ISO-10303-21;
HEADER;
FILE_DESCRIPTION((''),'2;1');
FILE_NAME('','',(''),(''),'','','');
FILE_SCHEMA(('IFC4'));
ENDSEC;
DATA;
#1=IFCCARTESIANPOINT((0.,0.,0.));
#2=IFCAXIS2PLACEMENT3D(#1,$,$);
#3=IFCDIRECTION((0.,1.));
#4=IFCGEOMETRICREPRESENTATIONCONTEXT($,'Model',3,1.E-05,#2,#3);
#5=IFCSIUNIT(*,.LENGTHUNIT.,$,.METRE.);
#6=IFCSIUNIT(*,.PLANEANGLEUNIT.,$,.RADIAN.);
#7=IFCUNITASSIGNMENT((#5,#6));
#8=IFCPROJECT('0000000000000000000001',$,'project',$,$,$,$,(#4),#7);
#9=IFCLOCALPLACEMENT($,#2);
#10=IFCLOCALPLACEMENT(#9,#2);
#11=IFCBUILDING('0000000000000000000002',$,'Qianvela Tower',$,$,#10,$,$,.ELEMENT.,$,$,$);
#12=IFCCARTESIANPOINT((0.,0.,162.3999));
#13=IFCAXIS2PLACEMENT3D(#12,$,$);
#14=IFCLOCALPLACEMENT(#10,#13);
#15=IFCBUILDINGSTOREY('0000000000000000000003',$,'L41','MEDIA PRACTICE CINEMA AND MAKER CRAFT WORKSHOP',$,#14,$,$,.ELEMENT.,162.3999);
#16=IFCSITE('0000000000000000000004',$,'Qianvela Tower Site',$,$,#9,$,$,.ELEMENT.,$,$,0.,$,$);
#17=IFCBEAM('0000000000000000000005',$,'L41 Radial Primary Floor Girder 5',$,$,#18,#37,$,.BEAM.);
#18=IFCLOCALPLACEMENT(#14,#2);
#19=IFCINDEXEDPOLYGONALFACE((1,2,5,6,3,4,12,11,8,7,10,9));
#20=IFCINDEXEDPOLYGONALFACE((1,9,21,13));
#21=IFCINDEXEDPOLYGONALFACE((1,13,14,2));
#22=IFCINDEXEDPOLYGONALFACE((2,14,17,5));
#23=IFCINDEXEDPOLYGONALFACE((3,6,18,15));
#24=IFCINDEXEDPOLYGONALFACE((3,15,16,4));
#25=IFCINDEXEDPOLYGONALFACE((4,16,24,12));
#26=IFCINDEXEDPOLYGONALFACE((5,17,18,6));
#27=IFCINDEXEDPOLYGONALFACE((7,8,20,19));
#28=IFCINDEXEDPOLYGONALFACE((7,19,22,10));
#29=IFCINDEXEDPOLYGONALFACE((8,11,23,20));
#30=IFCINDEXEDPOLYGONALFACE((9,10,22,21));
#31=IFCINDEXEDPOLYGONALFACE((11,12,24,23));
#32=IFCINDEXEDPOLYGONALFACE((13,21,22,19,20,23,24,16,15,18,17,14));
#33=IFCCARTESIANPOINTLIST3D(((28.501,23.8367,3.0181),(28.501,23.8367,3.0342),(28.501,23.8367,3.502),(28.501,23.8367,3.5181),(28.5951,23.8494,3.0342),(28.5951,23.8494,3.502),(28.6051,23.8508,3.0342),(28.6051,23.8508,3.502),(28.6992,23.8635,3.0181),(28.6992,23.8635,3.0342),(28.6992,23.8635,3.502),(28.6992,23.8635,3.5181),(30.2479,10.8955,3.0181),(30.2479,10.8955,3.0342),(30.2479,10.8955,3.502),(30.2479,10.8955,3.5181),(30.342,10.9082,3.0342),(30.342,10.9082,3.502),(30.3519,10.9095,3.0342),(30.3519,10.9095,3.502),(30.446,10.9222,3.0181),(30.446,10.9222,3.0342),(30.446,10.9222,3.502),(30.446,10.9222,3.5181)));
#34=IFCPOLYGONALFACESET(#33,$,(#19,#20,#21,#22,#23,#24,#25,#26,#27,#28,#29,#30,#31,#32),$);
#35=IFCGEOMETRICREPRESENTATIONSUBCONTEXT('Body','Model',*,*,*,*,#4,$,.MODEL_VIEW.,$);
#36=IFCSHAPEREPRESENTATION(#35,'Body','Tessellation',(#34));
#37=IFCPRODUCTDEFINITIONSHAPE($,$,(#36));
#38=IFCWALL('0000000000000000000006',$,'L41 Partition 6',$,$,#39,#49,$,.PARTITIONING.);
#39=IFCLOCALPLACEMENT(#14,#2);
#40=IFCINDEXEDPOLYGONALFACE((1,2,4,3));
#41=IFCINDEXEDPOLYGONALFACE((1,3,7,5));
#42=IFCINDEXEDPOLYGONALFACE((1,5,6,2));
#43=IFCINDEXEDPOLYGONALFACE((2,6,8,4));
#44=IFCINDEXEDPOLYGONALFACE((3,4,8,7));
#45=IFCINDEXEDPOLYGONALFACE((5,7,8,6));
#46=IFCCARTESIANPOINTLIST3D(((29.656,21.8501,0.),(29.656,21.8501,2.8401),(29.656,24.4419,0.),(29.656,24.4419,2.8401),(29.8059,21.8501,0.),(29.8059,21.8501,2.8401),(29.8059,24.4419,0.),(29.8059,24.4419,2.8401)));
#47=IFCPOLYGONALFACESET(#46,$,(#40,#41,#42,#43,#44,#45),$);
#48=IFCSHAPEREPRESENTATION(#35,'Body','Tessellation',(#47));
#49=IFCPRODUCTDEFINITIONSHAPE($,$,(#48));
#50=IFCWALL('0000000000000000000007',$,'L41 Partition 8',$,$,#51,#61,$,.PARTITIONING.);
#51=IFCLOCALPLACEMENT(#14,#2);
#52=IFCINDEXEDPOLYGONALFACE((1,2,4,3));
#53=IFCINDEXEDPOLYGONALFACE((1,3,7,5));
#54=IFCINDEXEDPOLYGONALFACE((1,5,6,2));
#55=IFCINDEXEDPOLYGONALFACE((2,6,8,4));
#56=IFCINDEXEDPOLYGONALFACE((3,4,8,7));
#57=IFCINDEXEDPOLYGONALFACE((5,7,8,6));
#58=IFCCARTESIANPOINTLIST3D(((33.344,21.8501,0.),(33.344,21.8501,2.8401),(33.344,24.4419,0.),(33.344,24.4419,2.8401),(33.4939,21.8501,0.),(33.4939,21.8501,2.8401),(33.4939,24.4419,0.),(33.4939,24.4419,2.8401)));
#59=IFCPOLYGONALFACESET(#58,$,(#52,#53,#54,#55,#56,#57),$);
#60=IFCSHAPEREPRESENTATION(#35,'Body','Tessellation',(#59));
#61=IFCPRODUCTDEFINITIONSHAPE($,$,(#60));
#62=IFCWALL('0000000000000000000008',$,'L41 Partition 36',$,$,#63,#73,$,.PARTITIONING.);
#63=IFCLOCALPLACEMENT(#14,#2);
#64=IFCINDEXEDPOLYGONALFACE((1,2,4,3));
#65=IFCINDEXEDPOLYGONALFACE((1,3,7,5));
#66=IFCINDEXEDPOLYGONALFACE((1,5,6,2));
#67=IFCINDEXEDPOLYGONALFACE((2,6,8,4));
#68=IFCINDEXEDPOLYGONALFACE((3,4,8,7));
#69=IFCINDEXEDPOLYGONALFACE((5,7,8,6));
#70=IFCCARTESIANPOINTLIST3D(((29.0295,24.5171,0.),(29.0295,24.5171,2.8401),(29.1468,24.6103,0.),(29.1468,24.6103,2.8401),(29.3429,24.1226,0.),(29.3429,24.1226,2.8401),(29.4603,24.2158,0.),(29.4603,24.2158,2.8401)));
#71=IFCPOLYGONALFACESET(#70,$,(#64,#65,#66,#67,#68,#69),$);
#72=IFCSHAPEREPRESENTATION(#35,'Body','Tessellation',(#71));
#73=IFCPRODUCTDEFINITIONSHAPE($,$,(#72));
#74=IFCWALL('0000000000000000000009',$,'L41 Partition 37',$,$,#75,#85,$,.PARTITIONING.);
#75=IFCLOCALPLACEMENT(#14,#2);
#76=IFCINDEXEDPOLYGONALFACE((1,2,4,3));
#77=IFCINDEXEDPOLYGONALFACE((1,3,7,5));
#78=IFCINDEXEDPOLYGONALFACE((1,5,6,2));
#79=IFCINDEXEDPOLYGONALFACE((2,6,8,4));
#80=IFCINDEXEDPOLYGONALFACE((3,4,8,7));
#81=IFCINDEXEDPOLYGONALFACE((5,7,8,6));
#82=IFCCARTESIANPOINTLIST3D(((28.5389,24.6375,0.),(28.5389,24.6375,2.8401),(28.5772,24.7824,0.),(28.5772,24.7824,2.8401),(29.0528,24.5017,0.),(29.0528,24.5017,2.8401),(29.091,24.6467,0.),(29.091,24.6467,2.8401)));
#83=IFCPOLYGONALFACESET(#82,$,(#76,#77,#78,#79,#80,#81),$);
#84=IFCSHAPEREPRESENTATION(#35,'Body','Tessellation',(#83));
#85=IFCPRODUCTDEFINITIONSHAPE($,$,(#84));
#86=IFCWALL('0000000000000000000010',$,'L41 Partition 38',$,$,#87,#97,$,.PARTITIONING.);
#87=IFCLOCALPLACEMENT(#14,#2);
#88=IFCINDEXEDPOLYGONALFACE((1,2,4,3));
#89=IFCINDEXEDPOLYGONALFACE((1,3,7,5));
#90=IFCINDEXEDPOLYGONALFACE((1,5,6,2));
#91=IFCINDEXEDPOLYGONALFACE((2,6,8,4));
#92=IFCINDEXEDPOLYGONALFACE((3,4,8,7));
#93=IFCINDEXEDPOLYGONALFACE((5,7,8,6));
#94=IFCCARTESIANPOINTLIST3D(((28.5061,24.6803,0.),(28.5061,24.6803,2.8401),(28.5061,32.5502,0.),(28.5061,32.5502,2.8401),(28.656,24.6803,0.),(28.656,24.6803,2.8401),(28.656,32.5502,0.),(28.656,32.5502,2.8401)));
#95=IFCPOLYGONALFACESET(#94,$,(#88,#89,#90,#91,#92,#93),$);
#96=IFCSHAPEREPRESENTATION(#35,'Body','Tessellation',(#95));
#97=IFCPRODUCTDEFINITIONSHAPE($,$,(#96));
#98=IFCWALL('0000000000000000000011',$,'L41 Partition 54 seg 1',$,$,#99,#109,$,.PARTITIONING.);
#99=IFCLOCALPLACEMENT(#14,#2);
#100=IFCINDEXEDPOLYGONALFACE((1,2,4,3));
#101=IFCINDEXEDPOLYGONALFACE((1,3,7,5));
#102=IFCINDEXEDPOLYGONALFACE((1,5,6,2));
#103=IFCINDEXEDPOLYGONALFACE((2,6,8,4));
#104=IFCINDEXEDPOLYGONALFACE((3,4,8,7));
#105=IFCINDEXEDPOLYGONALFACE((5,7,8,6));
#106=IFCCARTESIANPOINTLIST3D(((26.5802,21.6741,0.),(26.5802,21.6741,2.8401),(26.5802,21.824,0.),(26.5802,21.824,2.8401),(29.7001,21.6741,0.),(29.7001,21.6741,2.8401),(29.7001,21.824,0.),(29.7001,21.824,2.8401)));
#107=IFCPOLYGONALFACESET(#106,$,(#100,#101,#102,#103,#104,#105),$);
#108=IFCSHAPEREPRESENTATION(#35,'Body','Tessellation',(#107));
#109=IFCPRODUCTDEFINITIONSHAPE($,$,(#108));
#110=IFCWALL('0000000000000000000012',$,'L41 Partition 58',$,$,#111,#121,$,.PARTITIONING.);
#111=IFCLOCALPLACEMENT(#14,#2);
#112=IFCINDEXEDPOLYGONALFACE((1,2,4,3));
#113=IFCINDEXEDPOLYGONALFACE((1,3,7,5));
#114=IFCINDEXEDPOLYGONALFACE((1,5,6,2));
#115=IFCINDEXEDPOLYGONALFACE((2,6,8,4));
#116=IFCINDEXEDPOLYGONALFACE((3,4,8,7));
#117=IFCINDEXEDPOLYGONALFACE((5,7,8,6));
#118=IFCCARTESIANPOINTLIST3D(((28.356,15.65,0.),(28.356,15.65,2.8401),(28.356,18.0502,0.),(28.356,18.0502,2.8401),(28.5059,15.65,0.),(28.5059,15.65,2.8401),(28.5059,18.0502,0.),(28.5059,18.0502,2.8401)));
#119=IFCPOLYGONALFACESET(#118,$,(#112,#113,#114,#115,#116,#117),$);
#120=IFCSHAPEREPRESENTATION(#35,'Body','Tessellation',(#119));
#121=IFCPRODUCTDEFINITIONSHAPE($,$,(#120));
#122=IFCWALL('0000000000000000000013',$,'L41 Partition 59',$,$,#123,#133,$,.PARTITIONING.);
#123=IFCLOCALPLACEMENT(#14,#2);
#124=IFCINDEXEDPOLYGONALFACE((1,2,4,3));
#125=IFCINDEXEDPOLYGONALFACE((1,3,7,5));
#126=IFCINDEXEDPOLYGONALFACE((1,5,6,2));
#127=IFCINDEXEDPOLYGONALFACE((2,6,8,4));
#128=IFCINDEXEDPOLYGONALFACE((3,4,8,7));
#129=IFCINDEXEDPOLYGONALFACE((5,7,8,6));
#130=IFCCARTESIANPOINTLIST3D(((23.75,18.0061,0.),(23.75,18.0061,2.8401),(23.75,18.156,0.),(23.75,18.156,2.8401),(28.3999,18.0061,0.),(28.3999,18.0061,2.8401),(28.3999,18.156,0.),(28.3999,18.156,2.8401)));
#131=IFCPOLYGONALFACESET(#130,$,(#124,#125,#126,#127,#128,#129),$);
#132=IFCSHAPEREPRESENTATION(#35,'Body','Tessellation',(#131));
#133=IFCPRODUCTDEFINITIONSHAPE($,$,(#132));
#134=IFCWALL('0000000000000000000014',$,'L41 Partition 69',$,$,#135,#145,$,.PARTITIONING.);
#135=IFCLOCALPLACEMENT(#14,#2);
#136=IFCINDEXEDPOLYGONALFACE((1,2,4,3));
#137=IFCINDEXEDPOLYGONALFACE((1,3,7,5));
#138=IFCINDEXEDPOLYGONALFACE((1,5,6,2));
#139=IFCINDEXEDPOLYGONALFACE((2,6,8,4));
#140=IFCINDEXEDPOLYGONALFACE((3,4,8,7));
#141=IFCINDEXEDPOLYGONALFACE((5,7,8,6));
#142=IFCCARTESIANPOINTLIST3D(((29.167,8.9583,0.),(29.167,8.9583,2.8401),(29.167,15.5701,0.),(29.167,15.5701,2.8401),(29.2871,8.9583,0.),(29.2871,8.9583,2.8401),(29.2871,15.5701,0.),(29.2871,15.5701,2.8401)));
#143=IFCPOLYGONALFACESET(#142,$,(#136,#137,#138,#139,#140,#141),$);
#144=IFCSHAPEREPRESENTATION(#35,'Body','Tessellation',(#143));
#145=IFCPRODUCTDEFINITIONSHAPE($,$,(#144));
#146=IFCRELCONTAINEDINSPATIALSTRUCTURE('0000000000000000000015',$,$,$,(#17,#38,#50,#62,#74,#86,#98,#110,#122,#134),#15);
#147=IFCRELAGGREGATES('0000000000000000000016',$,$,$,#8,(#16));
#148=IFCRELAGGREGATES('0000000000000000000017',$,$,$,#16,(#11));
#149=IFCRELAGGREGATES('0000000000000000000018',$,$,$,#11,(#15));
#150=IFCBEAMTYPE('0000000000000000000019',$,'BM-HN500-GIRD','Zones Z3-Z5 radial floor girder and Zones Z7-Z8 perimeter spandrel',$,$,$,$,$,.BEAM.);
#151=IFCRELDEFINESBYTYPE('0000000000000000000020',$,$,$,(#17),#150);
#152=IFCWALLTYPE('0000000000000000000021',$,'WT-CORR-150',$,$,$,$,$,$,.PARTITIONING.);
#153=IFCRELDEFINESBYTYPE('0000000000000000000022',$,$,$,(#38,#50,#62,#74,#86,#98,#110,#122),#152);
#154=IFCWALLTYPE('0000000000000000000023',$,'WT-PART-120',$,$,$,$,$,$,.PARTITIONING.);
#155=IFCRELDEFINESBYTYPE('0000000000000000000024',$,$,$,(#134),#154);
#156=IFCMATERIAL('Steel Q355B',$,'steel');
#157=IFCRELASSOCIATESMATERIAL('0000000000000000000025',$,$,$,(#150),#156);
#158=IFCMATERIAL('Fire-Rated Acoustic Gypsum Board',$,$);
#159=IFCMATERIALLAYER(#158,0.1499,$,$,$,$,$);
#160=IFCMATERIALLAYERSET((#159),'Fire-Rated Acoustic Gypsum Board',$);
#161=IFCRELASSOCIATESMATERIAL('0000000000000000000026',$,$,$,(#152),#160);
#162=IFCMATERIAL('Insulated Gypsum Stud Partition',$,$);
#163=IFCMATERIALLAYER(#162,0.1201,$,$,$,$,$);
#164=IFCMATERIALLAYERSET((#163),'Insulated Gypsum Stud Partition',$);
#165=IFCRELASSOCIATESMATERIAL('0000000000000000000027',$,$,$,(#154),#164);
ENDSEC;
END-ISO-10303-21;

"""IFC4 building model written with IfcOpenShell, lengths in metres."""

from ifc_helpers import new_model, si_unit, direction, frame, frame_2d, origin, origin_2d, place, context, subcontext, project, spatial, rectangle, i_section, extrude, material, layer, layer_set, material_profile, profile_set, type_object, element, save


model = new_model("IFC4")

# Units and contexts
model_context = context("Model", 3, precision=1e-05, world=origin(), true_north=direction((0.0, 1.0)))
body_context = subcontext(model_context, "Body", "Model", "MODEL_VIEW")
ifc_project = project(units=[si_unit("LENGTHUNIT", "METRE"), si_unit("PLANEANGLEUNIT", "RADIAN")], contexts=[model_context])

# Site, building, storey
site_placement = place(None, origin())
site = spatial("IfcSite", under=ifc_project, at=site_placement, Name="Qianvela Tower Site", CompositionType="ELEMENT", RefElevation=0.0)
building_placement = place(site_placement, origin())
building = spatial("IfcBuilding", under=site, at=building_placement, Name="Qianvela Tower", CompositionType="ELEMENT")
storey_placement = place(building_placement, frame((0.0, 0.0, 162.3999)))
storey = spatial("IfcBuildingStorey", under=building, at=storey_placement, Name="L41", Description="MEDIA PRACTICE CINEMA AND MAKER CRAFT WORKSHOP", CompositionType="ELEMENT", Elevation=162.3999)

# Beam
ifc_material_1 = material(Name="Steel Q355B", Category="steel")
ifc_material_profile_1 = material_profile(ifc_material_1, i_section(OverallWidth=0.2, OverallDepth=0.5, WebThickness=0.01, FlangeThickness=0.0161, at=origin_2d()), Name="HN500x200x10x16")
ifc_profile_set_1 = profile_set([ifc_material_profile_1], Name="Steel Q355B")
beam_type_1 = type_object("IfcBeamType", Name="BM-HN500-GIRD", Description="Zones Z3-Z5 radial floor girder and Zones Z7-Z8 perimeter spandrel", PredefinedType="BEAM", material=ifc_profile_set_1)
beam_1_placement = place(storey_placement, frame((28.6001, 23.8501, 3.2681), z_axis=(0.133769, -0.991013, 0.0), x_axis=(0.991013, 0.133769, 0.0)))
element("IfcBeam", 1, at=beam_1_placement, inside=storey, type_object=beam_type_1, Name="L41 Radial Primary Floor Girder 5", PredefinedType="BEAM", context=body_context, shape_type="SweptSolid", body=[
    extrude(i_section(OverallWidth=0.2, OverallDepth=0.5, WebThickness=0.01, FlangeThickness=0.0161, at=origin_2d()), origin(), (0.0, 0.0, 1.0), 13.0586),
])

# Shared definitions
ifc_material_2 = material(Name="Fire-Rated Acoustic Gypsum Board")
ifc_layer_1 = layer(ifc_material_2, 0.1499)
ifc_layer_set_1 = layer_set([ifc_layer_1], Name="Fire-Rated Acoustic Gypsum Board")
wall_type_1 = type_object("IfcWallType", Name="WT-CORR-150", PredefinedType="PARTITIONING", material=ifc_layer_set_1)

# Walls
for number, where, z_axis, x_axis, name in (
    (2, (29.731, 21.8501, 0.0), (0.0, 0.0, 1.0), (0.0, 1.0, 0.0), "L41 Partition 6"),
    (3, (33.4189, 24.4419, 0.0), (0.0, 0.0, 1.0), (0.0, -1.0, 0.0), "L41 Partition 8"),
):
    element("IfcWall", number, at=place(storey_placement, frame(where, z_axis=z_axis, x_axis=x_axis)), inside=storey, type_object=wall_type_1, Name=name, PredefinedType="PARTITIONING", context=body_context, shape_type="SweptSolid", body=[
        extrude(rectangle(XDim=2.5918, YDim=0.1499, at=frame_2d((1.2959, 0.0))), origin(), (0.0, 0.0, 1.0), 2.8401),
    ])
wall_1_placement = place(storey_placement, frame((29.4016, 24.1692, 0.0), z_axis=(0.0, 0.0, 1.0), x_axis=(-0.622092, 0.782944, 0.0)))
element("IfcWall", 4, at=wall_1_placement, inside=storey, type_object=wall_type_1, Name="L41 Partition 36", PredefinedType="PARTITIONING", context=body_context, shape_type="SweptSolid", body=[
    extrude(rectangle(XDim=0.5039, YDim=0.1499, at=frame_2d((0.252, 0.0))), origin(), (0.0, 0.0, 1.0), 2.8401),
])
wall_2_placement = place(storey_placement, frame((29.0718, 24.5742, 0.0), z_axis=(0.0, 0.0, 1.0), x_axis=(-0.966842, 0.255375, 0.0)))
element("IfcWall", 5, at=wall_2_placement, inside=storey, type_object=wall_type_1, Name="L41 Partition 37", PredefinedType="PARTITIONING", context=body_context, shape_type="SweptSolid", body=[
    extrude(rectangle(XDim=0.5315, YDim=0.1499, at=frame_2d((0.2656, 0.0))), origin(), (0.0, 0.0, 1.0), 2.8401),
])
wall_3_placement = place(storey_placement, frame((28.5811, 24.6802, 0.0), z_axis=(0.0, 0.0, 1.0), x_axis=(0.0, 1.0, 0.0)))
element("IfcWall", 6, at=wall_3_placement, inside=storey, type_object=wall_type_1, Name="L41 Partition 38", PredefinedType="PARTITIONING", context=body_context, shape_type="SweptSolid", body=[
    extrude(rectangle(XDim=7.8699, YDim=0.1499, at=frame_2d((3.9351, 0.0))), origin(), (0.0, 0.0, 1.0), 2.8401),
])
wall_4_placement = place(storey_placement, frame((26.5801, 21.749, 0.0), z_axis=(0.0, 0.0, 1.0), x_axis=(1.0, 0.0, 0.0)))
element("IfcWall", 7, at=wall_4_placement, inside=storey, type_object=wall_type_1, Name="L41 Partition 54 seg 1", PredefinedType="PARTITIONING", context=body_context, shape_type="SweptSolid", body=[
    extrude(rectangle(XDim=3.1199, YDim=0.1499, at=frame_2d((1.5601, 0.0))), origin(), (0.0, 0.0, 1.0), 2.8401),
])
wall_5_placement = place(storey_placement, frame((28.4309, 15.6499, 0.0), z_axis=(0.0, 0.0, 1.0), x_axis=(0.0, 1.0, 0.0)))
element("IfcWall", 8, at=wall_5_placement, inside=storey, type_object=wall_type_1, Name="L41 Partition 58", PredefinedType="PARTITIONING", context=body_context, shape_type="SweptSolid", body=[
    extrude(rectangle(XDim=2.4001, YDim=0.1499, at=frame_2d((1.2002, 0.0))), origin(), (0.0, 0.0, 1.0), 2.8401),
])
wall_6_placement = place(storey_placement, frame((28.3999, 18.0811, 0.0), z_axis=(0.0, 0.0, 1.0), x_axis=(-1.0, 0.0, 0.0)))
element("IfcWall", 9, at=wall_6_placement, inside=storey, type_object=wall_type_1, Name="L41 Partition 59", PredefinedType="PARTITIONING", context=body_context, shape_type="SweptSolid", body=[
    extrude(rectangle(XDim=4.6499, YDim=0.1499, at=frame_2d((2.325, 0.0))), origin(), (0.0, 0.0, 1.0), 2.8401),
])
ifc_material_3 = material(Name="Insulated Gypsum Stud Partition")
ifc_layer_2 = layer(ifc_material_3, 0.1201)
ifc_layer_set_2 = layer_set([ifc_layer_2], Name="Insulated Gypsum Stud Partition")
wall_type_2 = type_object("IfcWallType", Name="WT-PART-120", PredefinedType="PARTITIONING", material=ifc_layer_set_2)
wall_7_placement = place(storey_placement, frame((29.2271, 15.5701, 0.0), z_axis=(0.0, 0.0, 1.0), x_axis=(0.0, -1.0, 0.0)))
element("IfcWall", 10, at=wall_7_placement, inside=storey, type_object=wall_type_2, Name="L41 Partition 69", PredefinedType="PARTITIONING", context=body_context, shape_type="SweptSolid", body=[
    extrude(rectangle(XDim=6.6118, YDim=0.1201, at=frame_2d((3.3059, 0.0))), origin(), (0.0, 0.0, 1.0), 2.8401),
])

save(model, "model.ifc")
